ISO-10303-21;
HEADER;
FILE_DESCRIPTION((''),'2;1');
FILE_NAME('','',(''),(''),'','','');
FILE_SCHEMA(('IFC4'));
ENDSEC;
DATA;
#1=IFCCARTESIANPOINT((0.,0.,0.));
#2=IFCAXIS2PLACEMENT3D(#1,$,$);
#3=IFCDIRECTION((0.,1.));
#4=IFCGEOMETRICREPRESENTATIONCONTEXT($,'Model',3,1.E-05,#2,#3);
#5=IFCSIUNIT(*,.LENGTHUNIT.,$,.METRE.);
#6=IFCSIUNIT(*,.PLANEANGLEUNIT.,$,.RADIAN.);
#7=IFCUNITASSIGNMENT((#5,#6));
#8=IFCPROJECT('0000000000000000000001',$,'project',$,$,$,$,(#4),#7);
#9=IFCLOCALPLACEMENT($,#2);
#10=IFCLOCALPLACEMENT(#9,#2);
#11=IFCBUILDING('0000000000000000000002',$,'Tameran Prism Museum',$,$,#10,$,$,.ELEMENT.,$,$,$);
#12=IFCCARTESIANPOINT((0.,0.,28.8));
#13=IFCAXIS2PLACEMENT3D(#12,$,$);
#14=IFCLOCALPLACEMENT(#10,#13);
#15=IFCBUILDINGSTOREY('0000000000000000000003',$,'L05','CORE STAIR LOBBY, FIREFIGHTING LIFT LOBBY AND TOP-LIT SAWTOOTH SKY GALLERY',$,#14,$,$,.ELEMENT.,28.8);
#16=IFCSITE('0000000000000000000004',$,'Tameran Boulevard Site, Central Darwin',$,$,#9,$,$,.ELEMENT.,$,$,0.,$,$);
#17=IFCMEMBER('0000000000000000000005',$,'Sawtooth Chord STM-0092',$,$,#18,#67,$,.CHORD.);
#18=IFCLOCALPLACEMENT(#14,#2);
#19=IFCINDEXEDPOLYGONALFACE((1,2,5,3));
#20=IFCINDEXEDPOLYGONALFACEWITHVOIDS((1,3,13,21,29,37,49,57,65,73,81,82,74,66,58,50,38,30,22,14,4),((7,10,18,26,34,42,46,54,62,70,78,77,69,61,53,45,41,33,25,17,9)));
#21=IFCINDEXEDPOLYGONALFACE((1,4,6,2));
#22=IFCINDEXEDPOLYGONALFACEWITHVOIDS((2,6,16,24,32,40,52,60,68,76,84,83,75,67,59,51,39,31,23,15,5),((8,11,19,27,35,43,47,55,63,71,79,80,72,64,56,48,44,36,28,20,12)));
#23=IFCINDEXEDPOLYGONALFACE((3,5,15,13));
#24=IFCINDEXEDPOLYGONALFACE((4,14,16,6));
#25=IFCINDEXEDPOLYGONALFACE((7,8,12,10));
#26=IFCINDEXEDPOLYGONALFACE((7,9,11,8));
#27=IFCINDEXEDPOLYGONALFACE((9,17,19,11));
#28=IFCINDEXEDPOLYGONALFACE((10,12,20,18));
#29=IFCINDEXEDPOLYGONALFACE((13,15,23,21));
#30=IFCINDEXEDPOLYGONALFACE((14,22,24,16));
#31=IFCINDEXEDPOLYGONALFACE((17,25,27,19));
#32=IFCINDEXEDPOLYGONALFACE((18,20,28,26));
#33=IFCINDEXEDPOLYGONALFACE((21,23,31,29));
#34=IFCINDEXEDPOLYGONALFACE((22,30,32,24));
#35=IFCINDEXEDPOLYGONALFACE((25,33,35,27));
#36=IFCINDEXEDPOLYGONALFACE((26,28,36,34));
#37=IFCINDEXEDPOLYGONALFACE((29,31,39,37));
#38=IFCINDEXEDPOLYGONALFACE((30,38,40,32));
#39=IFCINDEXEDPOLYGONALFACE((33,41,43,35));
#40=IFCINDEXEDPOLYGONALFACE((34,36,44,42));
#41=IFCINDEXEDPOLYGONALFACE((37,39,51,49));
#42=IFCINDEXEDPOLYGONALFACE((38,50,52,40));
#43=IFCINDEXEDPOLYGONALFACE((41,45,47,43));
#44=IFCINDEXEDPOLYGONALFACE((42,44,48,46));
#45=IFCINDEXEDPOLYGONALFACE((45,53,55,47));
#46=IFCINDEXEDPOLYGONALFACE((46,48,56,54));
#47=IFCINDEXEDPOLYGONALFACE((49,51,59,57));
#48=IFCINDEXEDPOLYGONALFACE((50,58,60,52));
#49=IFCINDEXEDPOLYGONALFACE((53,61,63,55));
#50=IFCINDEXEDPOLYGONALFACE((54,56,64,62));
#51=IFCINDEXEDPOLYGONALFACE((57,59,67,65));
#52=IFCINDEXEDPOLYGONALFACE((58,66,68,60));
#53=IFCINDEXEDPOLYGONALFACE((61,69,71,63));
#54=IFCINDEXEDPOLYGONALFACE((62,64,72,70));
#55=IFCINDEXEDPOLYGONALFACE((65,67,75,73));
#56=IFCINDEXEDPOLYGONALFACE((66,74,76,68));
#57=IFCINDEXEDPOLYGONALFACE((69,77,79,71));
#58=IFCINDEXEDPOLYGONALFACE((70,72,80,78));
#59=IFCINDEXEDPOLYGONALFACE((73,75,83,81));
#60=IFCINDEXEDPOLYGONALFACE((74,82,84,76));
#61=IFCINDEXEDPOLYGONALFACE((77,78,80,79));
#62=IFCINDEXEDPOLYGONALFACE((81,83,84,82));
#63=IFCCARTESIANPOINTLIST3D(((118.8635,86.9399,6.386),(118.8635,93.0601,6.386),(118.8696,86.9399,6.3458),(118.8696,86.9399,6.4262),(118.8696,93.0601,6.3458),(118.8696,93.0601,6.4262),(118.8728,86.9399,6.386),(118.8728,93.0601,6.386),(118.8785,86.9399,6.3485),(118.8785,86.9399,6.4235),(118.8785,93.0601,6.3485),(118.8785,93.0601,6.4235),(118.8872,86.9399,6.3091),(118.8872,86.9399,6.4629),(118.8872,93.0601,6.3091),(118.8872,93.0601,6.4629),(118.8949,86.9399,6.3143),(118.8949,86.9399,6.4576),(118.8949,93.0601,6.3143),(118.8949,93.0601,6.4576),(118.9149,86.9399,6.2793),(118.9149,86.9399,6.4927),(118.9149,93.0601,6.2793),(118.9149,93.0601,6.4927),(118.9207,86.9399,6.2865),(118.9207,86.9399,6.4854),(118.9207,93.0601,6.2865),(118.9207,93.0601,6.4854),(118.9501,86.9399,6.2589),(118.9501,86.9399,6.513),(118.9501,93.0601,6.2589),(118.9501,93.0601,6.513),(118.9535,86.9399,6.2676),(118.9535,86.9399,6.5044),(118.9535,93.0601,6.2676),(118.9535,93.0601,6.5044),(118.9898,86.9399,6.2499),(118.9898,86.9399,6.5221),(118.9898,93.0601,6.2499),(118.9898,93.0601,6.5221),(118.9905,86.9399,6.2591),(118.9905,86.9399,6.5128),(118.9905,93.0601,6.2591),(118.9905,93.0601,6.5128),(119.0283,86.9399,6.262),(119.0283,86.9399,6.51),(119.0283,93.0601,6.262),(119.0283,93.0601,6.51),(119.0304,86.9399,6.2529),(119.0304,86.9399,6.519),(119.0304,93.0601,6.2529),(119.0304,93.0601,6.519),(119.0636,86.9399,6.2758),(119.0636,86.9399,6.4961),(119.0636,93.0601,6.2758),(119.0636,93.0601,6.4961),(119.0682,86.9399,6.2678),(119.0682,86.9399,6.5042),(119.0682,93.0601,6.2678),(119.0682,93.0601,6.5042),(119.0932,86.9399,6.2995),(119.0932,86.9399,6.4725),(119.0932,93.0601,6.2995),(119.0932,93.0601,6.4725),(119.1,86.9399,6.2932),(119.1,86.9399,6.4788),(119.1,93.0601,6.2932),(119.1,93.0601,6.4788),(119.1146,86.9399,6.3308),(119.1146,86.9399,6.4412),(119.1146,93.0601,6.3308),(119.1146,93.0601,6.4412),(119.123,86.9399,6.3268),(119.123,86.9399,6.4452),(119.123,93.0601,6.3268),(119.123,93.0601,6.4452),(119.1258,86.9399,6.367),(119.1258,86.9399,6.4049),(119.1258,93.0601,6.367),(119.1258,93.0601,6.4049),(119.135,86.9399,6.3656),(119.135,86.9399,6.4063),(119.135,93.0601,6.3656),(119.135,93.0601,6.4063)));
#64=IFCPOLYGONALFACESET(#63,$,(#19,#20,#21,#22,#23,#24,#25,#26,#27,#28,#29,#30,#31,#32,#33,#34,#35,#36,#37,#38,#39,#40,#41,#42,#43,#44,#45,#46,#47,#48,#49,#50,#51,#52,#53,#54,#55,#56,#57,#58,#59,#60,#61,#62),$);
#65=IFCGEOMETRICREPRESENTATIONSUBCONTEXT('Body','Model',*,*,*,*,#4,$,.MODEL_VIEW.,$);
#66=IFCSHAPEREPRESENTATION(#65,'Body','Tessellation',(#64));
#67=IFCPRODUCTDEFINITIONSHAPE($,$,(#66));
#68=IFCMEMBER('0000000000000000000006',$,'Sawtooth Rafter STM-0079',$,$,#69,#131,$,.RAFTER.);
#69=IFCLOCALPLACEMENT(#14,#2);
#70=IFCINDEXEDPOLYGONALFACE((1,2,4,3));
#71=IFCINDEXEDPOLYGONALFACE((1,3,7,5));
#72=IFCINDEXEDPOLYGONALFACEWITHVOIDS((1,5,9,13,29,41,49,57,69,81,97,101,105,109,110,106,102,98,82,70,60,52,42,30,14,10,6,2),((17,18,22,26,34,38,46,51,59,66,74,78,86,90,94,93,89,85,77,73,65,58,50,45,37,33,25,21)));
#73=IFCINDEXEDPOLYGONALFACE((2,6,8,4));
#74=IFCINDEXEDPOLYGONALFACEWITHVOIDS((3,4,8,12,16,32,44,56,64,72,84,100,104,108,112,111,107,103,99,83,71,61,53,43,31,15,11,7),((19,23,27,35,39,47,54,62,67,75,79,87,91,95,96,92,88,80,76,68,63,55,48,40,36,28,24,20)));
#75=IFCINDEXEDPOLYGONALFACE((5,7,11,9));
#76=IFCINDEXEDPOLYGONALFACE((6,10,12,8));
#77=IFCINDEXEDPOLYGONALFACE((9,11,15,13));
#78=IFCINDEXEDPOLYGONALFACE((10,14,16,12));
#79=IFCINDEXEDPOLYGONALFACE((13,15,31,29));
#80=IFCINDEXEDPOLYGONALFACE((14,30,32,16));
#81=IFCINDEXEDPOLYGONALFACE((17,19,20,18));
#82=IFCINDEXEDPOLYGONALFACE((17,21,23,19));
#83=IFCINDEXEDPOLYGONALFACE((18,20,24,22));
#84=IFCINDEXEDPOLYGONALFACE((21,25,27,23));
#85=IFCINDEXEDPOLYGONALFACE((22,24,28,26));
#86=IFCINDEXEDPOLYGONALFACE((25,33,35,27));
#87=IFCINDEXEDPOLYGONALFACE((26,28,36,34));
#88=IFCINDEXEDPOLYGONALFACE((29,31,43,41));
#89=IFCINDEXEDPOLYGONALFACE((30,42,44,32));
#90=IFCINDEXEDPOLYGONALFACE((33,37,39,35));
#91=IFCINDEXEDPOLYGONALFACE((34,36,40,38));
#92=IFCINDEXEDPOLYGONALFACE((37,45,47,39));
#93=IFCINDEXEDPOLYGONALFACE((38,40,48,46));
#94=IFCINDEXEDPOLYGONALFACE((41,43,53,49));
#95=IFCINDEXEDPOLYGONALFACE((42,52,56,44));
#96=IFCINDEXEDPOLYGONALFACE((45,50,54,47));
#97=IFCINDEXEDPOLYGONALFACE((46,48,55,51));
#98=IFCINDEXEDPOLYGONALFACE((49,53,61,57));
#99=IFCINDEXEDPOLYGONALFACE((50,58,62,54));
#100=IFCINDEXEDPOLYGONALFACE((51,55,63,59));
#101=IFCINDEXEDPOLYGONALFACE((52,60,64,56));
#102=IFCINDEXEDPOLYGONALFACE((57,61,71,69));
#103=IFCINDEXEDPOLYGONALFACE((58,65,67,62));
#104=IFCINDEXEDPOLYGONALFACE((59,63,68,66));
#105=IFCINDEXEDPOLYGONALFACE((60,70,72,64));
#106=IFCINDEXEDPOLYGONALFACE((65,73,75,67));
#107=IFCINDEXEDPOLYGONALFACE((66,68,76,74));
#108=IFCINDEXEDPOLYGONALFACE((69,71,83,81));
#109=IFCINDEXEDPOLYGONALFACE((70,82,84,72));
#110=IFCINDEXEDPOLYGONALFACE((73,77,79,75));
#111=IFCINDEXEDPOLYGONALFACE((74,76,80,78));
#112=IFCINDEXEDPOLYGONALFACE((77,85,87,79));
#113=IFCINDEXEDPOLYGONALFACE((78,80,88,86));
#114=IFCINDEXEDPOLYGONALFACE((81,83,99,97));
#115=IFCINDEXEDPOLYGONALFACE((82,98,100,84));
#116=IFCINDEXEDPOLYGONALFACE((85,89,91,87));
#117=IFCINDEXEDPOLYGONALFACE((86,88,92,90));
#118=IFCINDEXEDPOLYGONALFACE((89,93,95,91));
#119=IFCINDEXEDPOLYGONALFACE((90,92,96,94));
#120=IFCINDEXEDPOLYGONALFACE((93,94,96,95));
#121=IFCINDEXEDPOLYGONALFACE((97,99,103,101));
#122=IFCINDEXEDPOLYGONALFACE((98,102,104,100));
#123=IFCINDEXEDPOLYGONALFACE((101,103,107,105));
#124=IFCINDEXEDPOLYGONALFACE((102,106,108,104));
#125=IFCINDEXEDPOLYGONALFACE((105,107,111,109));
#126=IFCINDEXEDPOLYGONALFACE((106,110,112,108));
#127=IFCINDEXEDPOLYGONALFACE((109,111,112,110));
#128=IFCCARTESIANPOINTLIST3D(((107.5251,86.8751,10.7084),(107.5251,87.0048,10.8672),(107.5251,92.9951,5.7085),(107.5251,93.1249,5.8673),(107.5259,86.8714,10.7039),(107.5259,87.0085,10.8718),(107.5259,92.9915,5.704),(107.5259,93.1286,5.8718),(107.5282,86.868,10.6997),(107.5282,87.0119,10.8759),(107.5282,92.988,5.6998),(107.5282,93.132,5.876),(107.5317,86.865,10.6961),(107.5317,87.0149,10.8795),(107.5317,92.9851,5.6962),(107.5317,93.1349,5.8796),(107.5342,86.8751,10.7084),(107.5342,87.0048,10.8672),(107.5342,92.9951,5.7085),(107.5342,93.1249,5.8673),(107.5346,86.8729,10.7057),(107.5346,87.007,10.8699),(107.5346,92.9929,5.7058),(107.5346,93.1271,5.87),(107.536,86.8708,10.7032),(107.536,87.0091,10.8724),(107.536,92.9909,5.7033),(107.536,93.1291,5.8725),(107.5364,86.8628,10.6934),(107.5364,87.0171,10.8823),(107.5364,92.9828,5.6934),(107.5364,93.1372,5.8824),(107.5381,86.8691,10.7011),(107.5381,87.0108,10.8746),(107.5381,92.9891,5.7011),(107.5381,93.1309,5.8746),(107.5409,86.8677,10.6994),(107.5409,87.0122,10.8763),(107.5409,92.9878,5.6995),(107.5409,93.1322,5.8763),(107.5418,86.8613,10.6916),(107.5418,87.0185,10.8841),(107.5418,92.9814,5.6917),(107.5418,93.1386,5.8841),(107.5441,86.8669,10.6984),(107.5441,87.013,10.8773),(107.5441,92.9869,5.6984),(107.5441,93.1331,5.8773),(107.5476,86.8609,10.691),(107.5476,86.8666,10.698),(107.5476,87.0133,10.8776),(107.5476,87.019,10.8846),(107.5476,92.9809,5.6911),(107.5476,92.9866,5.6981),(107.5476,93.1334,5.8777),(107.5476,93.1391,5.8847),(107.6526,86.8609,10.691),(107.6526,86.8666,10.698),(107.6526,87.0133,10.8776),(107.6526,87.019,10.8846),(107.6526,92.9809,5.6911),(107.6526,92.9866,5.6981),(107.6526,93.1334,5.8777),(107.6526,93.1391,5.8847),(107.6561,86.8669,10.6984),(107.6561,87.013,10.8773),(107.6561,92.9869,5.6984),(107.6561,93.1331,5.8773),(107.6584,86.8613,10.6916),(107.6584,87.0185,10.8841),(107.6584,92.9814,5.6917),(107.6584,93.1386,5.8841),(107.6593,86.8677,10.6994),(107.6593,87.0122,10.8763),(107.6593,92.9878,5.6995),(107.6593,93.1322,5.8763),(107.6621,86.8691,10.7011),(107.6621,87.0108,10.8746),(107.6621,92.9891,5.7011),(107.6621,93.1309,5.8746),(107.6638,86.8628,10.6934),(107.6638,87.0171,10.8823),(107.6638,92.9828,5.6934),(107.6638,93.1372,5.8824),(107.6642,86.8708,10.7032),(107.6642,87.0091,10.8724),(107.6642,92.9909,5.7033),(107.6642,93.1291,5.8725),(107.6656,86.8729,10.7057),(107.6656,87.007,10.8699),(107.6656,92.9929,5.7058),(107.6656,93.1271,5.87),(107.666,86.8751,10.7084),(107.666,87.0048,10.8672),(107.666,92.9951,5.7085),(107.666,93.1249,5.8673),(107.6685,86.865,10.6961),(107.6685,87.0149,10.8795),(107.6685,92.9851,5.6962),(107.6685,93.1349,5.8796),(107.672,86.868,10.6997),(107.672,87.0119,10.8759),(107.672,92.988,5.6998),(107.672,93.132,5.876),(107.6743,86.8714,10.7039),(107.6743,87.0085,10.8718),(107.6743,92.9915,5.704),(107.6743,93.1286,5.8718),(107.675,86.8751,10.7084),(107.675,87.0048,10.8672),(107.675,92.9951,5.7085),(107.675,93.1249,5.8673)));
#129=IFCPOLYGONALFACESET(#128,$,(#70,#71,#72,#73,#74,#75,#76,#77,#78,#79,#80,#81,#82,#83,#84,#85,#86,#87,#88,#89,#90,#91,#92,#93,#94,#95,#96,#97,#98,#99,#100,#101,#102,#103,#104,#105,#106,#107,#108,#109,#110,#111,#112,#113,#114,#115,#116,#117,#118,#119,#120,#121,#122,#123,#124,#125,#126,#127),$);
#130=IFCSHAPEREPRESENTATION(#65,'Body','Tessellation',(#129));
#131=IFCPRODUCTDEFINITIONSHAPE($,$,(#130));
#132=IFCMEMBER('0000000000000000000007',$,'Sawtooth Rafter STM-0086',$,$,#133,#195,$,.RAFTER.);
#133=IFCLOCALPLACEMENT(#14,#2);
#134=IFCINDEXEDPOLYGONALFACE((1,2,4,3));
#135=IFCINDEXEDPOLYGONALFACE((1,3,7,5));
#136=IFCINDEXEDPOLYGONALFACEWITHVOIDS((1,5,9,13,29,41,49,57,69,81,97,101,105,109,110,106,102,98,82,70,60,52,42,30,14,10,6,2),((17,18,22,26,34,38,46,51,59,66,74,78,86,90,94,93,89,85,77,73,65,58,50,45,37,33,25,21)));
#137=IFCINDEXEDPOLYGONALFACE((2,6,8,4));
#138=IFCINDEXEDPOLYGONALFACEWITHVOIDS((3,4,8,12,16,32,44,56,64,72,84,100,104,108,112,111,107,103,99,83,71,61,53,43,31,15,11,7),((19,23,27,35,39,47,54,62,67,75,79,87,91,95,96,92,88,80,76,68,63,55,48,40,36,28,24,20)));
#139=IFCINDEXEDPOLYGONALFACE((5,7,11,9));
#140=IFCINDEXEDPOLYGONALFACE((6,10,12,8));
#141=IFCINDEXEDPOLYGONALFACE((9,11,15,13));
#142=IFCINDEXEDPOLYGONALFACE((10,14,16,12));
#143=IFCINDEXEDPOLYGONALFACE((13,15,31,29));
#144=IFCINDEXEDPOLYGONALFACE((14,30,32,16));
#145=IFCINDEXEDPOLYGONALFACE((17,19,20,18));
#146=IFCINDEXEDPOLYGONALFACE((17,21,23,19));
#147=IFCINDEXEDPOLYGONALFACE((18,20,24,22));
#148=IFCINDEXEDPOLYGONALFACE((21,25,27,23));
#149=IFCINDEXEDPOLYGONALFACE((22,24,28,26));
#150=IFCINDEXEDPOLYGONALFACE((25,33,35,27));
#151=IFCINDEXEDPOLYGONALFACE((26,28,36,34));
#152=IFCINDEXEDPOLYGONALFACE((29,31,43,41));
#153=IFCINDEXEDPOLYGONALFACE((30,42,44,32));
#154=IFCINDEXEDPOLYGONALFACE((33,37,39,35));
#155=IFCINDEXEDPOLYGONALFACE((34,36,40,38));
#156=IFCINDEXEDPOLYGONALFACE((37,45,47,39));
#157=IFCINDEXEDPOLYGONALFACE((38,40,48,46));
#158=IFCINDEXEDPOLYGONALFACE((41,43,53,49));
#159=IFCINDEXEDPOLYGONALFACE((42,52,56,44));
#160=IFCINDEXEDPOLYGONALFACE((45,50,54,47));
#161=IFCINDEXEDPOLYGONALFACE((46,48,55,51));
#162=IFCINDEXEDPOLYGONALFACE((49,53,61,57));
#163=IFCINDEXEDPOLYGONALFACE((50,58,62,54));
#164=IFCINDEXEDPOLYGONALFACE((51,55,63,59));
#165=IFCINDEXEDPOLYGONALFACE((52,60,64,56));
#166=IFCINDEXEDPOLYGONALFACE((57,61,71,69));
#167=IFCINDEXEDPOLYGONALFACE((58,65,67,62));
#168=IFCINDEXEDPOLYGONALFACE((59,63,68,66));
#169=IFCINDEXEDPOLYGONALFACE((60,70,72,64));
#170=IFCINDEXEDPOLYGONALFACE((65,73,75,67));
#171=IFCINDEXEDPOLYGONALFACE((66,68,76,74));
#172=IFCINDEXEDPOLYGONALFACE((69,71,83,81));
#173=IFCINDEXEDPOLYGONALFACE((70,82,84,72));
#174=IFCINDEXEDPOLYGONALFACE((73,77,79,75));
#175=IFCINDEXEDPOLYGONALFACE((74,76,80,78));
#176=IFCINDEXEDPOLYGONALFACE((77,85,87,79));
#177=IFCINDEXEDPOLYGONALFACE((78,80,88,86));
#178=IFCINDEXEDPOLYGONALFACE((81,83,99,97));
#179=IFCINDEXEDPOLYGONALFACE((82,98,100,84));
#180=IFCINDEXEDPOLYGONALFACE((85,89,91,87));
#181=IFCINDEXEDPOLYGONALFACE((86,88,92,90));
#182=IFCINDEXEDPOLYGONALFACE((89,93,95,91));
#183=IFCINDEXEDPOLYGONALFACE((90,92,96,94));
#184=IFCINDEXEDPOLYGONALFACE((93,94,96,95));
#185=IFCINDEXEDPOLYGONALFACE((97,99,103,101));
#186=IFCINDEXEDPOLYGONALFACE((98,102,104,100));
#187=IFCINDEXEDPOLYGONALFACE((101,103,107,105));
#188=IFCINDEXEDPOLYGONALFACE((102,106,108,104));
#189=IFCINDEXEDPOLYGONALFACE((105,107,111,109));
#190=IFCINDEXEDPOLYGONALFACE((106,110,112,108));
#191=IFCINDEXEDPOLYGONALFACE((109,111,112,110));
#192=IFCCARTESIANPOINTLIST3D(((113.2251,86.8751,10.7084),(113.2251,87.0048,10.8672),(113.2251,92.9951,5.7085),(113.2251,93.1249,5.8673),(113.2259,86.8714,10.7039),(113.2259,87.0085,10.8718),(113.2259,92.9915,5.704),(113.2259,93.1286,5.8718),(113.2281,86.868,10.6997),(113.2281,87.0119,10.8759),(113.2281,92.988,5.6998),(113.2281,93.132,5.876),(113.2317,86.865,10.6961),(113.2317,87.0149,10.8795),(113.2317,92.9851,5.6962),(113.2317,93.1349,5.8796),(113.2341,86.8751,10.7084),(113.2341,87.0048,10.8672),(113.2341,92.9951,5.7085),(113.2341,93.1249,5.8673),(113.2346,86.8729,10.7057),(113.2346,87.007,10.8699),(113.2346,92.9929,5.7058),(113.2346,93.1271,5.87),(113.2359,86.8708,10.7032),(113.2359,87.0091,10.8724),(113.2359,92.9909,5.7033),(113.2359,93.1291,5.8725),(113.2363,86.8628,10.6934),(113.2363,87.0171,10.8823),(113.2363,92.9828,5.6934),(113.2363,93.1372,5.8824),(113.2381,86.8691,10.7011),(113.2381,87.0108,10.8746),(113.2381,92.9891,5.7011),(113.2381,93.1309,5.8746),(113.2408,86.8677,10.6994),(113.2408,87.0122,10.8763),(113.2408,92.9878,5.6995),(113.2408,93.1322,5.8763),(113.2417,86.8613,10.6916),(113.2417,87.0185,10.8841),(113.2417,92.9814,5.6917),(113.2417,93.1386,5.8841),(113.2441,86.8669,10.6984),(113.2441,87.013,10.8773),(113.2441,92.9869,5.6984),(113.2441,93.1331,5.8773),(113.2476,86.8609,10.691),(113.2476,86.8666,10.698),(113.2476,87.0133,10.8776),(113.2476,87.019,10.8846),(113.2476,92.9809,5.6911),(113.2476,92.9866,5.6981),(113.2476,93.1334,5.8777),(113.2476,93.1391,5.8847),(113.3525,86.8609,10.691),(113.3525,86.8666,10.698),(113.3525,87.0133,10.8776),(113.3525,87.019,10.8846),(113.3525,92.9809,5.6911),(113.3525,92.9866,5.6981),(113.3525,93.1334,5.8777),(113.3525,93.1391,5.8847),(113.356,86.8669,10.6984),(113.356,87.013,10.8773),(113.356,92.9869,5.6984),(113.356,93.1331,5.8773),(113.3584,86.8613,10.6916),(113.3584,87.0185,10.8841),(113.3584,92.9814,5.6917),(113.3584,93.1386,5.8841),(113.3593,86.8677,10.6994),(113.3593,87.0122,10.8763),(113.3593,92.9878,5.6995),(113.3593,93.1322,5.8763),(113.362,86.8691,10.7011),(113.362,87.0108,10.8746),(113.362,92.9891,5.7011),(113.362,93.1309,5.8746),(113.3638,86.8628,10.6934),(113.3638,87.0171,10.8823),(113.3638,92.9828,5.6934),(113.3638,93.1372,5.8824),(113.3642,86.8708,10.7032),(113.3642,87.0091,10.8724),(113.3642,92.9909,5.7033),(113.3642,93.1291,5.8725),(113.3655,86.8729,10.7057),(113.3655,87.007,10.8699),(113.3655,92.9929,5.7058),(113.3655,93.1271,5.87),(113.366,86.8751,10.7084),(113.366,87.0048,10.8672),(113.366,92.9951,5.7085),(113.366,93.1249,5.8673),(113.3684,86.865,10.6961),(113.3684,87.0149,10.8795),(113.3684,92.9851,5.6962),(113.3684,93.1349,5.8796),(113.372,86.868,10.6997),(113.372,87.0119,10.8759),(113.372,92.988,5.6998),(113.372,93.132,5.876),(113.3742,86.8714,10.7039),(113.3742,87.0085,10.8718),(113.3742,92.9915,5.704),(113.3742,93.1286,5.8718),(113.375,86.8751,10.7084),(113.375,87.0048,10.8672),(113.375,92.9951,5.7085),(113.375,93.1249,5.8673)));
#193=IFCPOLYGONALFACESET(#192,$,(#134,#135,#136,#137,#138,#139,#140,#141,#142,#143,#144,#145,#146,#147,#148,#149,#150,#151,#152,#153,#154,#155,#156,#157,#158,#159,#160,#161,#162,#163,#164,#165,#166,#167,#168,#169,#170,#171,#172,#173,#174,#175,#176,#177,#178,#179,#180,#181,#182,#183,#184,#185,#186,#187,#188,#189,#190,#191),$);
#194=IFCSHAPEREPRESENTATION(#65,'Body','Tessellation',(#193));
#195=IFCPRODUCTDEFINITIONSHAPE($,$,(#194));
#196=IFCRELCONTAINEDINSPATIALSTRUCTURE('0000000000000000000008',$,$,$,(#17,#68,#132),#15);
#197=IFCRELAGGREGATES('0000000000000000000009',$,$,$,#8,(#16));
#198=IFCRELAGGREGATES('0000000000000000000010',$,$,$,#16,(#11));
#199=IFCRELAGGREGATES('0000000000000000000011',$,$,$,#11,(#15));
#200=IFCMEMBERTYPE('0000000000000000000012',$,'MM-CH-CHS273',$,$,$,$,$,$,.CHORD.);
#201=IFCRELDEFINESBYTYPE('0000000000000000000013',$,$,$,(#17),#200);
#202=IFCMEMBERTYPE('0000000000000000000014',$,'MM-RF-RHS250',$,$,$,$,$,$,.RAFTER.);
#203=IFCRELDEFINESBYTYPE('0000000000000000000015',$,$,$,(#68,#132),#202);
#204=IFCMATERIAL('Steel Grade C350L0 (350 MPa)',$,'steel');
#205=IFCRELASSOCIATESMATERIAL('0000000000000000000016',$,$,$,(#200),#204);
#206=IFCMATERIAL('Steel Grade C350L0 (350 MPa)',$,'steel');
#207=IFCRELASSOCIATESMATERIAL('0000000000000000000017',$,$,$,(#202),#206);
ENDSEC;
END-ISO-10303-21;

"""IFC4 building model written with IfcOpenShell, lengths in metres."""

from ifc_helpers import new_model, si_unit, direction, frame, origin, origin_2d, place, context, subcontext, project, spatial, hollow_rectangle, hollow_circle, extrude, material, material_profile, profile_set, type_object, element, save


model = new_model("IFC4")

# Units and contexts
model_context = context("Model", 3, precision=1e-05, world=origin(), true_north=direction((0.0, 1.0)))
body_context = subcontext(model_context, "Body", "Model", "MODEL_VIEW")
ifc_project = project(units=[si_unit("LENGTHUNIT", "METRE"), si_unit("PLANEANGLEUNIT", "RADIAN")], contexts=[model_context])

# Site, building, storey
site_placement = place(None, origin())
site = spatial("IfcSite", under=ifc_project, at=site_placement, Name="Tameran Boulevard Site, Central Darwin", CompositionType="ELEMENT", RefElevation=0.0)
building_placement = place(site_placement, origin())
building = spatial("IfcBuilding", under=site, at=building_placement, Name="Tameran Prism Museum", CompositionType="ELEMENT")
storey_placement = place(building_placement, frame((0.0, 0.0, 28.8)))
storey = spatial("IfcBuildingStorey", under=building, at=storey_placement, Name="L05", Description="CORE STAIR LOBBY, FIREFIGHTING LIFT LOBBY AND TOP-LIT SAWTOOTH SKY GALLERY", CompositionType="ELEMENT", Elevation=28.8)

# Members
ifc_material_1 = material(Name="Steel Grade C350L0 (350 MPa)", Category="steel")
ifc_material_profile_1 = material_profile(ifc_material_1, hollow_circle(Radius=0.1365, WallThickness=0.0093, at=origin_2d()))
ifc_profile_set_1 = profile_set([ifc_material_profile_1])
member_type_1 = type_object("IfcMemberType", Name="MM-CH-CHS273", PredefinedType="CHORD", material=ifc_profile_set_1)
for number, where, z_axis, x_axis, name in (
    (1, (119.0, 86.9399, 6.386), (0.0, 1.0, 0.0), (-1.0, 0.0, 0.0), "Sawtooth Chord STM-0092"),
):
    element("IfcMember", number, at=place(storey_placement, frame(where, z_axis=z_axis, x_axis=x_axis)), inside=storey, type_object=member_type_1, Name=name, PredefinedType="CHORD", context=body_context, shape_type="SweptSolid", body=[
        extrude(hollow_circle(Radius=0.1365, WallThickness=0.0093, at=origin_2d()), origin(), (0.0, 0.0, 1.0), 6.1201),
    ])
ifc_material_2 = material(Name="Steel Grade C350L0 (350 MPa)", Category="steel")
ifc_material_profile_2 = material_profile(ifc_material_2, hollow_rectangle(XDim=0.1499, YDim=0.25, WallThickness=0.009, InnerFilletRadius=0.0134, OuterFilletRadius=0.0225, at=origin_2d()))
ifc_profile_set_2 = profile_set([ifc_material_profile_2])
member_type_2 = type_object("IfcMemberType", Name="MM-RF-RHS250", PredefinedType="RAFTER", material=ifc_profile_set_2)
for number, where, z_axis, x_axis, name in (
    (2, (107.6001, 86.9399, 10.7878), (0.0, 0.774414, -0.632679), (-1.0, 0.0, 0.0), "Sawtooth Rafter STM-0079"),
    (3, (113.3, 86.9399, 10.7878), (0.0, 0.774414, -0.632679), (-1.0, 0.0, 0.0), "Sawtooth Rafter STM-0086"),
):
    element("IfcMember", number, at=place(storey_placement, frame(where, z_axis=z_axis, x_axis=x_axis)), inside=storey, type_object=member_type_2, Name=name, PredefinedType="RAFTER", context=body_context, shape_type="SweptSolid", body=[
        extrude(hollow_rectangle(XDim=0.1499, YDim=0.25, WallThickness=0.009, InnerFilletRadius=0.0134, OuterFilletRadius=0.0225, at=origin_2d()), origin(), (0.0, 0.0, 1.0), 7.9028),
    ])

save(model, "model.ifc")
